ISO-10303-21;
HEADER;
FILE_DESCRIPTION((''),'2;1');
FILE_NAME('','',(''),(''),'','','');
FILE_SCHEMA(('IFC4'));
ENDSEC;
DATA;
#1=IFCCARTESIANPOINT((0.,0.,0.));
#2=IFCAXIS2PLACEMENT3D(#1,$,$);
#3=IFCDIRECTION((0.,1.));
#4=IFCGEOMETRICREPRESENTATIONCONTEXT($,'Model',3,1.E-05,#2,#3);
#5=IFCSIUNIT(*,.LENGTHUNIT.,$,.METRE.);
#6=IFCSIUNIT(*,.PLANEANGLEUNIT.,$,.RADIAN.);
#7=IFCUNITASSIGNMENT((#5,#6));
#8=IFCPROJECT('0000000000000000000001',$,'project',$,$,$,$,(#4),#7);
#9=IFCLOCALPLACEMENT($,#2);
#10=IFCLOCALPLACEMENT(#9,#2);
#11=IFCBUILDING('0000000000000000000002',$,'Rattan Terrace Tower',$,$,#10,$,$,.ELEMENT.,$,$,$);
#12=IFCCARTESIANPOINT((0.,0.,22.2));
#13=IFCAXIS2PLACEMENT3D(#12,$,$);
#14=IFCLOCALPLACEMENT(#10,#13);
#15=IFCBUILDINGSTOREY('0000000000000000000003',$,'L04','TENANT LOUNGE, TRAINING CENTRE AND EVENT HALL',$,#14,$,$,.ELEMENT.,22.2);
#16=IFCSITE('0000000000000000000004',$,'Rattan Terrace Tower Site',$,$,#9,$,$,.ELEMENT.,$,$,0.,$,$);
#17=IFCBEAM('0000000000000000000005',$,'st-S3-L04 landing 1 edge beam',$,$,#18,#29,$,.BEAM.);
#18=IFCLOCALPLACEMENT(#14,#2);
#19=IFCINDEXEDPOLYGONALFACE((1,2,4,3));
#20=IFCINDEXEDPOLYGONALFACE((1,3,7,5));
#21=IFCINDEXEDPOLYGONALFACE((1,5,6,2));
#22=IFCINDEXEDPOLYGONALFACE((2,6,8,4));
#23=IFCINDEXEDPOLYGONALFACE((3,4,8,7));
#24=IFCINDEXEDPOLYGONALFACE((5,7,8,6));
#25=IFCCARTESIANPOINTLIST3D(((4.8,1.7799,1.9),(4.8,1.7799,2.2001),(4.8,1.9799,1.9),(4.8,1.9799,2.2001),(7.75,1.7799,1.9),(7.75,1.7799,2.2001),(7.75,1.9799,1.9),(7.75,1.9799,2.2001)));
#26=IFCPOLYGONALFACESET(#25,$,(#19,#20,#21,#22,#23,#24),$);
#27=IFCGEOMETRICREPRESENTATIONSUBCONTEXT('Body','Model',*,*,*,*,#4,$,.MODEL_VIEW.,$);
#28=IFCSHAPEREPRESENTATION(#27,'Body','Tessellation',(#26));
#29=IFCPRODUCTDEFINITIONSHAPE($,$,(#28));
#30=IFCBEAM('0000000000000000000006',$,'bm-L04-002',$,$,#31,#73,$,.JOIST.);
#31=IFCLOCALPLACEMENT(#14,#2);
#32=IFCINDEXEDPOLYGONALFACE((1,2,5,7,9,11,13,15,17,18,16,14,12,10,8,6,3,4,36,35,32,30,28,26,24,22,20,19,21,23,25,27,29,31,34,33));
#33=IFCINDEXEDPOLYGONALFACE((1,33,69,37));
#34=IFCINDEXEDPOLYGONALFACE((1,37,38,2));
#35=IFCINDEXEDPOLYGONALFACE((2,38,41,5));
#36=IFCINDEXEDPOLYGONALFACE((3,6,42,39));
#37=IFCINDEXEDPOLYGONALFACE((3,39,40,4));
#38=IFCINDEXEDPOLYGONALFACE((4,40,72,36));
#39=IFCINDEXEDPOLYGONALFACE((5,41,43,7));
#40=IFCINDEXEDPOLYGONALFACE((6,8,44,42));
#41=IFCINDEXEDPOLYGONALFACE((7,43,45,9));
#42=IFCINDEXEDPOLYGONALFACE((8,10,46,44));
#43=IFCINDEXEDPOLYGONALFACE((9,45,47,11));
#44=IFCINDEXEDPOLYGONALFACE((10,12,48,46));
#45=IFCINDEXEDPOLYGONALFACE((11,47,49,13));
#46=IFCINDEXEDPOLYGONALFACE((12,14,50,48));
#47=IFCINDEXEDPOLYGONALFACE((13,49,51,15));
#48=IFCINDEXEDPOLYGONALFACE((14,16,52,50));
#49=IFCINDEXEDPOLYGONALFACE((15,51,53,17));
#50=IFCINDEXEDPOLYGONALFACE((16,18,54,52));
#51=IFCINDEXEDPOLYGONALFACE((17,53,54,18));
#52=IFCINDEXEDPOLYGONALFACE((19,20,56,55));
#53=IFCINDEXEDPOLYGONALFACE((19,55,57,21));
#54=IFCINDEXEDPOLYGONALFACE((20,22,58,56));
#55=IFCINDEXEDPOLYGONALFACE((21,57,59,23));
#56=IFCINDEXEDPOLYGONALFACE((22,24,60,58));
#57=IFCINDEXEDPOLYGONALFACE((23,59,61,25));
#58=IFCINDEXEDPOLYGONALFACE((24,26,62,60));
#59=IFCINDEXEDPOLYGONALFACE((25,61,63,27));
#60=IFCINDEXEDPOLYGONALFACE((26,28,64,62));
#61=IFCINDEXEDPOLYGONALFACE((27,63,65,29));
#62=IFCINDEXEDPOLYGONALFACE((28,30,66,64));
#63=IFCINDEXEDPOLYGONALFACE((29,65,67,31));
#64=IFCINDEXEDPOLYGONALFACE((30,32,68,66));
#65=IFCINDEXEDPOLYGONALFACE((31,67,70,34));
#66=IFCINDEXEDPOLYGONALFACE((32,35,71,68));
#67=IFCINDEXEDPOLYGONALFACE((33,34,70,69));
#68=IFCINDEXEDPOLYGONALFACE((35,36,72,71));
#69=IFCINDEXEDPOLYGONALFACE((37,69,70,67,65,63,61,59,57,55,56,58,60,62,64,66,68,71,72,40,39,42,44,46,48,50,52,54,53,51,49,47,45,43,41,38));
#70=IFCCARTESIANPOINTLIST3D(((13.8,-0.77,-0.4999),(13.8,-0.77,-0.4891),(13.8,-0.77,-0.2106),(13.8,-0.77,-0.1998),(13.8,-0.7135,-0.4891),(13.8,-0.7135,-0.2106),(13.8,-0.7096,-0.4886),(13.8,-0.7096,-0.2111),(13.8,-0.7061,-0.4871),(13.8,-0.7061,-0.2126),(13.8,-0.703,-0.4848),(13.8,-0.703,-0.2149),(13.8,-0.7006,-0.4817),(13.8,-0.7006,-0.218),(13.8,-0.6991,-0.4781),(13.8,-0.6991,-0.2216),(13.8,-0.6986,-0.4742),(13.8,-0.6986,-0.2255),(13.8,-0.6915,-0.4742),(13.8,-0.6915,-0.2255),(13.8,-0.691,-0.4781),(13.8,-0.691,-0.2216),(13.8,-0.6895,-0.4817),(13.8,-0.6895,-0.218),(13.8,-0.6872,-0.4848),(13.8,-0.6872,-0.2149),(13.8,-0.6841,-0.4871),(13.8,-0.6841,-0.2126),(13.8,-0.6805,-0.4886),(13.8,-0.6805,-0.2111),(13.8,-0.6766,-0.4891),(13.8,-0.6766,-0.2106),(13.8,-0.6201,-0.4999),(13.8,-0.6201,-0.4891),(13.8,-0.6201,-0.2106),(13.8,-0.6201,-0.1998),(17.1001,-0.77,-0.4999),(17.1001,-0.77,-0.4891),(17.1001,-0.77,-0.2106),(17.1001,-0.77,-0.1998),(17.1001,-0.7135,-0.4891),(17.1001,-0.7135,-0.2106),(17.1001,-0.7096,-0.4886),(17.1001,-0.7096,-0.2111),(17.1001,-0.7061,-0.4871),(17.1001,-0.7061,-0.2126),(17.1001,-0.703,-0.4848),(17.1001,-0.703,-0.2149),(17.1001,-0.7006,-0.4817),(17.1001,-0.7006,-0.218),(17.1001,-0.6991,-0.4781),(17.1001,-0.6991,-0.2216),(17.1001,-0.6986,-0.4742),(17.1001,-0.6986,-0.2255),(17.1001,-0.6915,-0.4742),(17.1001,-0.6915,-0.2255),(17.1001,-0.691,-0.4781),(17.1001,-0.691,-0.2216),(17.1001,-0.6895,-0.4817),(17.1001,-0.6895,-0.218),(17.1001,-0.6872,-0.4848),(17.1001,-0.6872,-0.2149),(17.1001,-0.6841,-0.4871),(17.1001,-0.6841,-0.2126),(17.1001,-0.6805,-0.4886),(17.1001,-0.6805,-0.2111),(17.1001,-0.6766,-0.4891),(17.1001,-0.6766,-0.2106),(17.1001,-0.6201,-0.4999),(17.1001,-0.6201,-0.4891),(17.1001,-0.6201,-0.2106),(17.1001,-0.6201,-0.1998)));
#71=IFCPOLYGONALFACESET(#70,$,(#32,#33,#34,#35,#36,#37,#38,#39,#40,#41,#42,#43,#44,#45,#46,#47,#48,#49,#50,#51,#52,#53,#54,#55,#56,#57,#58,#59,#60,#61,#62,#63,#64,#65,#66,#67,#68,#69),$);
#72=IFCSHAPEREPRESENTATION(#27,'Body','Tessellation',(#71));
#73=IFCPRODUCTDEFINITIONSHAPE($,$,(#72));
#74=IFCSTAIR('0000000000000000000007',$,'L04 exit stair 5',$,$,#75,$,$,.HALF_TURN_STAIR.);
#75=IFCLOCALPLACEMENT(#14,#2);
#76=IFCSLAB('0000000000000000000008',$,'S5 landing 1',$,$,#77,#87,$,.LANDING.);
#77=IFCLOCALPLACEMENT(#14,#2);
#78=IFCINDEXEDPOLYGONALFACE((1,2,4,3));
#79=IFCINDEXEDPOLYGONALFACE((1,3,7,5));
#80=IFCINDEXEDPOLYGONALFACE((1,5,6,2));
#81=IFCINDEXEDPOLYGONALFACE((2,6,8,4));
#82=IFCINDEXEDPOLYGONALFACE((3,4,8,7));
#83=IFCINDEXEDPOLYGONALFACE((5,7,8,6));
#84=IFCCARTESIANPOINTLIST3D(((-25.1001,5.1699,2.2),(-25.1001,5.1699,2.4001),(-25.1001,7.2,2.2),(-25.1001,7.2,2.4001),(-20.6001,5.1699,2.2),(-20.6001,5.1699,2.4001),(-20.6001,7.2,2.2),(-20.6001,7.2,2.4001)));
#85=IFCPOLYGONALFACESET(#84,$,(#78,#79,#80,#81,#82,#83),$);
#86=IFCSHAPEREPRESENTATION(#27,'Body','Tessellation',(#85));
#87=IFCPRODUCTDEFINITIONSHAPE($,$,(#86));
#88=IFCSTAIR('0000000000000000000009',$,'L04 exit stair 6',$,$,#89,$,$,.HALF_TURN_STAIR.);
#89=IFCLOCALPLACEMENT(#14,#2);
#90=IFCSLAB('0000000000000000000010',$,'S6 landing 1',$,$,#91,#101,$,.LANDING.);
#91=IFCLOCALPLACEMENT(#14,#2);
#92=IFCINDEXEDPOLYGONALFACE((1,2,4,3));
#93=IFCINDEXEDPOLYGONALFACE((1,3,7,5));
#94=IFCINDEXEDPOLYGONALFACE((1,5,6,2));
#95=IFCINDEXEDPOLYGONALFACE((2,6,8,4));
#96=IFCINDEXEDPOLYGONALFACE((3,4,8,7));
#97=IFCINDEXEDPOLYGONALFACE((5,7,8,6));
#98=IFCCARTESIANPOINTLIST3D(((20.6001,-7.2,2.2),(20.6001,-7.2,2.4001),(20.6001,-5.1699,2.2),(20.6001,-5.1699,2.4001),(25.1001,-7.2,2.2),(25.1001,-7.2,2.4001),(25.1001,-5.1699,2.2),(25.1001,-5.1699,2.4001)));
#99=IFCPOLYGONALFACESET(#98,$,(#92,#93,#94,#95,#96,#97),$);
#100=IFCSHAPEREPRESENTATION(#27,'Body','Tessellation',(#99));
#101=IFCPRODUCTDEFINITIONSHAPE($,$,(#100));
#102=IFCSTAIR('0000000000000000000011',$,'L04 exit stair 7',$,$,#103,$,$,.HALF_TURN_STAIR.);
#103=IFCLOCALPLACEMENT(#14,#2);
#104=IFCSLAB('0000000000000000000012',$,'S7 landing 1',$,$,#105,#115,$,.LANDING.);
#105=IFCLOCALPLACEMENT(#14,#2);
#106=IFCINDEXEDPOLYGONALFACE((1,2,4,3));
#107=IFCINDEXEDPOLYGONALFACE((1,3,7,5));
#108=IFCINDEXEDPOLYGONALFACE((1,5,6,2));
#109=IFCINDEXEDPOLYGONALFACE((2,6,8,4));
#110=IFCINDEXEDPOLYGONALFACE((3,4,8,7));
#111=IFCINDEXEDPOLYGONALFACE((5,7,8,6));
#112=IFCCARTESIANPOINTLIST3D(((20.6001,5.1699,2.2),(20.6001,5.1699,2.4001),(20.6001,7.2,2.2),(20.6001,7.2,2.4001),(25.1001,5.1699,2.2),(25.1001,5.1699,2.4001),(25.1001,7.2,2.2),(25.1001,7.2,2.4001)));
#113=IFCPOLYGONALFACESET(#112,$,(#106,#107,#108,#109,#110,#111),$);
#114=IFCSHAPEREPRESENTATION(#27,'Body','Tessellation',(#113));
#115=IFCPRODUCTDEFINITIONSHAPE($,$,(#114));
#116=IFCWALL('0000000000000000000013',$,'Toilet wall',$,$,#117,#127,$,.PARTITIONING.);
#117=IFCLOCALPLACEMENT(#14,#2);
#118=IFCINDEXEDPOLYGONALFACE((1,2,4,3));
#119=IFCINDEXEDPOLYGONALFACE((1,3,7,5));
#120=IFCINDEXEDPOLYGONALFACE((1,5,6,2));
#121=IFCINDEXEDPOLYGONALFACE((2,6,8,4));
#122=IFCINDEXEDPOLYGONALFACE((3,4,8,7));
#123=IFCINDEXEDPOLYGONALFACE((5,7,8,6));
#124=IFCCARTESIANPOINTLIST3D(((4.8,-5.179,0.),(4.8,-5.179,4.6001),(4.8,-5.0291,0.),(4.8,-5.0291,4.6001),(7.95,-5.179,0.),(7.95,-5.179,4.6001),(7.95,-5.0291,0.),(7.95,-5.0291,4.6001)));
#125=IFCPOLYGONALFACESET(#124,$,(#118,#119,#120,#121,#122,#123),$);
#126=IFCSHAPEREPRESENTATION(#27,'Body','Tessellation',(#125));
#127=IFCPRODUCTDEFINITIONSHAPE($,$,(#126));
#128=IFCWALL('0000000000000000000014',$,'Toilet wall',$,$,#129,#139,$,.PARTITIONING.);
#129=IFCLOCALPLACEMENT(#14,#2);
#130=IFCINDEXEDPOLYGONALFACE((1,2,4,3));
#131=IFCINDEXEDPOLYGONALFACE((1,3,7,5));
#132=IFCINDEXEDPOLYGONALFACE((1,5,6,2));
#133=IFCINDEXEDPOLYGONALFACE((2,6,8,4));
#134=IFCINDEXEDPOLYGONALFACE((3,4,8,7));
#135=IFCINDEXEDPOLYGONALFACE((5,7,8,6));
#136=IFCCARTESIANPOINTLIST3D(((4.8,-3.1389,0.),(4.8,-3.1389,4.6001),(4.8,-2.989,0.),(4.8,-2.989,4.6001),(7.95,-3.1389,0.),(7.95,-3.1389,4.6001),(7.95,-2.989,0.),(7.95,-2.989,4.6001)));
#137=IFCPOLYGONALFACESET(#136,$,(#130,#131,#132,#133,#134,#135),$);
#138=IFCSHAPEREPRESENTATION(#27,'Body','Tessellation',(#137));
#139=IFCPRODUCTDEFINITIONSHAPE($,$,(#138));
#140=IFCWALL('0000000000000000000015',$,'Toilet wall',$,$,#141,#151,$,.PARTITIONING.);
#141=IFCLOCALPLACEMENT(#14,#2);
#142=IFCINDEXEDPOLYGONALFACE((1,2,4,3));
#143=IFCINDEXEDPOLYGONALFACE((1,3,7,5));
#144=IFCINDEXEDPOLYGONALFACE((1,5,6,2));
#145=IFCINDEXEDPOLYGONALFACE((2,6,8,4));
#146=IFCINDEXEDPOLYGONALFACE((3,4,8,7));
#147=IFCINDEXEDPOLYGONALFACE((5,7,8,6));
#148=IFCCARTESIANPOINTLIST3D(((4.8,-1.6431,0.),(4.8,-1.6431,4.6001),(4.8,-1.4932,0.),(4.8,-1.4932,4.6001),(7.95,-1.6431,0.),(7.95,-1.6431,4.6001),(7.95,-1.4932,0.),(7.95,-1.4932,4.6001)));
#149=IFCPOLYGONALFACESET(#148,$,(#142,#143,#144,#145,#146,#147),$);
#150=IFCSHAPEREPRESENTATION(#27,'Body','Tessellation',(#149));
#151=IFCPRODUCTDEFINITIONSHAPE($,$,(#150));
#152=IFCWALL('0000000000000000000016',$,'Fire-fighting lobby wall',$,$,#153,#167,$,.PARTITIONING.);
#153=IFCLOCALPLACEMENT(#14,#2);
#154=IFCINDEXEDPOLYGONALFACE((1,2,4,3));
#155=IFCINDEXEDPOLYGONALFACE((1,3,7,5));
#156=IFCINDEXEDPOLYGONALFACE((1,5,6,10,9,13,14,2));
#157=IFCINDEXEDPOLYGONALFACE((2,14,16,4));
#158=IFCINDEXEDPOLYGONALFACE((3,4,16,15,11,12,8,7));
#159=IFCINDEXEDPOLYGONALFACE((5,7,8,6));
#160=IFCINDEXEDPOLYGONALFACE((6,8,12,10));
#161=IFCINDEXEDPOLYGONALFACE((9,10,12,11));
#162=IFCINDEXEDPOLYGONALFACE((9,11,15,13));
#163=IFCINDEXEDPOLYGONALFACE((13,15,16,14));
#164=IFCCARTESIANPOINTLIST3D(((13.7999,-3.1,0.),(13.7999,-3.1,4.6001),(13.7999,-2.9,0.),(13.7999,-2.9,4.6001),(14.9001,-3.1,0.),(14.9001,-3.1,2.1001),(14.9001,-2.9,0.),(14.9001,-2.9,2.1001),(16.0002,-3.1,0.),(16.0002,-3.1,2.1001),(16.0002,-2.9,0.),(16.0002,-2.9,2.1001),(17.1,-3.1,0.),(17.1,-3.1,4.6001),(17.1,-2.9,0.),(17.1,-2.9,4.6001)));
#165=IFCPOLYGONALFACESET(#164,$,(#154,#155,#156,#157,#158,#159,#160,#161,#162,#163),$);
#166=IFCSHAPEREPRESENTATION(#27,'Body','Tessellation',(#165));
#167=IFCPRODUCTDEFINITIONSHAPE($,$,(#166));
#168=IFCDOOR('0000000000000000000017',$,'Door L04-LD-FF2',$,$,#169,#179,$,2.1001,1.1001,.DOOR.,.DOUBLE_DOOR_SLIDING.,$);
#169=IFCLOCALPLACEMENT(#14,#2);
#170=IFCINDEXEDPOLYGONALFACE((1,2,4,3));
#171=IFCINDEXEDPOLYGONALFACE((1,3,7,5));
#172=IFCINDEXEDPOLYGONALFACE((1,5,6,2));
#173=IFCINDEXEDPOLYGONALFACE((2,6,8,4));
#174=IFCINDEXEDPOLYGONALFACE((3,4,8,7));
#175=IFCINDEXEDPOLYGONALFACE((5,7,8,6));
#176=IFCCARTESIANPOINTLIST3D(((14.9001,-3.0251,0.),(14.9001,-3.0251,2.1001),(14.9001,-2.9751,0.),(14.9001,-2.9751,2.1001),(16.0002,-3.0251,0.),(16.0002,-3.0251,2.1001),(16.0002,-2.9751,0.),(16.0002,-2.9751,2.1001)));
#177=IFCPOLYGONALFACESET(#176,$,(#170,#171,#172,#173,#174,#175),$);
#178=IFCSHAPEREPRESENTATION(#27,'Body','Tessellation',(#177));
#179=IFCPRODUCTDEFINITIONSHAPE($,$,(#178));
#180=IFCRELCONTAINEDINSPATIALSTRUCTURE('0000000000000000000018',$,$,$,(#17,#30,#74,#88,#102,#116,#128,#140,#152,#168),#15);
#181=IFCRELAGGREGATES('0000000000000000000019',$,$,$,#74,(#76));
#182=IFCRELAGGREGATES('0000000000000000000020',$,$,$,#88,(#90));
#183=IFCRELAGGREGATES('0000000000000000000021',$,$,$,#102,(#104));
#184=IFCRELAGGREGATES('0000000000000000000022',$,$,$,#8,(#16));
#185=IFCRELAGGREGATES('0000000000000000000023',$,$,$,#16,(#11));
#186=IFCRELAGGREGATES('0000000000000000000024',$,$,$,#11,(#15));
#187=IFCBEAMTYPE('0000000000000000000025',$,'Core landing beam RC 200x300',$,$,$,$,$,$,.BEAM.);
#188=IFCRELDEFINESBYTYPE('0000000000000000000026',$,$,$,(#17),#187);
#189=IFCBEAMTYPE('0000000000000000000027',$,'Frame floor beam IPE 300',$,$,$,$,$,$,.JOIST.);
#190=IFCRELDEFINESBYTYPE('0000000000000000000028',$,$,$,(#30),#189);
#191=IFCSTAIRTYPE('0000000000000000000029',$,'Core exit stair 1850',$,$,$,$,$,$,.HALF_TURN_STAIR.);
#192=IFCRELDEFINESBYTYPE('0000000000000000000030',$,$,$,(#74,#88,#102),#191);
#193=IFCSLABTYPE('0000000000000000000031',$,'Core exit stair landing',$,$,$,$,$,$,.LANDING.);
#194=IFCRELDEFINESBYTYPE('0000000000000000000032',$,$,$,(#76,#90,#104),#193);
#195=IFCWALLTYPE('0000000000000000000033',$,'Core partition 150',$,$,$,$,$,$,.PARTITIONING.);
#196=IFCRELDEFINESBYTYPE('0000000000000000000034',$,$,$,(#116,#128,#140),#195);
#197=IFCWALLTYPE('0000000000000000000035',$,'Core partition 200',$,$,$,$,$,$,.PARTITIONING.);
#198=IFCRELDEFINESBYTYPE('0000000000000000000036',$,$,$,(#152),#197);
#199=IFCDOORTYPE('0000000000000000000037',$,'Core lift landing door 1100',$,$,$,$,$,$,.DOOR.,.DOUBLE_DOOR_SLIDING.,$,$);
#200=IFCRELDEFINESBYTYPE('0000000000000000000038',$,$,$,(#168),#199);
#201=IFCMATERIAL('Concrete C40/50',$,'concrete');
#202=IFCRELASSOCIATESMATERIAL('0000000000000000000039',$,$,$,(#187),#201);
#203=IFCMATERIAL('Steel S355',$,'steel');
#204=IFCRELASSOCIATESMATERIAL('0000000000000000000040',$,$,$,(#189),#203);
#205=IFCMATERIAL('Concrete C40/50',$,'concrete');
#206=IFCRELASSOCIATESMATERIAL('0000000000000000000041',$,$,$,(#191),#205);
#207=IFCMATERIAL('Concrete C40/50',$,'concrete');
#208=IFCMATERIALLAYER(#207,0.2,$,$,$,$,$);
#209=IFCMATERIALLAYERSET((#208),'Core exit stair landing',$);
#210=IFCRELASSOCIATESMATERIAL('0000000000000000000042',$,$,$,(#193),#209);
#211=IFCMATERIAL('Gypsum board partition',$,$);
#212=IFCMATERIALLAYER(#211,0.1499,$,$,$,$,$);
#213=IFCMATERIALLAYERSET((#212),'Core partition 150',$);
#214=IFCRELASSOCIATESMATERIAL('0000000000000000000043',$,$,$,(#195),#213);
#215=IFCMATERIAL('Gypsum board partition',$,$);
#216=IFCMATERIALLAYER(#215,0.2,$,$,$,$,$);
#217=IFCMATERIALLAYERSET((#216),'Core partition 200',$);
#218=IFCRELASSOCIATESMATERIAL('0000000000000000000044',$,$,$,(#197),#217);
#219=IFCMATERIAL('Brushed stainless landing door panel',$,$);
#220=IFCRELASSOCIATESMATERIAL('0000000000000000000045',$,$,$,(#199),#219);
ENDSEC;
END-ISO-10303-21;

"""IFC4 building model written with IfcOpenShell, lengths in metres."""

from ifc_helpers import new_model, si_unit, direction, frame, frame_2d, origin, origin_2d, place, context, subcontext, project, spatial, polyline, rectangle, i_section, outline, extrude, material, layer, layer_set, material_profile, profile_set, type_object, element, fill, aggregate, save


model = new_model("IFC4")

# Units and contexts
model_context = context("Model", 3, precision=1e-05, world=origin(), true_north=direction((0.0, 1.0)))
body_context = subcontext(model_context, "Body", "Model", "MODEL_VIEW")
ifc_project = project(units=[si_unit("LENGTHUNIT", "METRE"), si_unit("PLANEANGLEUNIT", "RADIAN")], contexts=[model_context])

# Site, building, storey
site_placement = place(None, origin())
site = spatial("IfcSite", under=ifc_project, at=site_placement, Name="Rattan Terrace Tower Site", CompositionType="ELEMENT", RefElevation=0.0)
building_placement = place(site_placement, origin())
building = spatial("IfcBuilding", under=site, at=building_placement, Name="Rattan Terrace Tower", CompositionType="ELEMENT")
storey_placement = place(building_placement, frame((0.0, 0.0, 22.2)))
storey = spatial("IfcBuildingStorey", under=building, at=storey_placement, Name="L04", Description="TENANT LOUNGE, TRAINING CENTRE AND EVENT HALL", CompositionType="ELEMENT", Elevation=22.2)

# Beams
ifc_material_1 = material(Name="Concrete C40/50", Category="concrete")
ifc_material_profile_1 = material_profile(ifc_material_1, rectangle(XDim=0.2, YDim=0.3, at=origin_2d()), Name="RC 200x300")
ifc_profile_set_1 = profile_set([ifc_material_profile_1], Name="Concrete C40/50")
beam_type_1 = type_object("IfcBeamType", Name="Core landing beam RC 200x300", PredefinedType="BEAM", material=ifc_profile_set_1)
beam_1_placement = place(storey_placement, frame((4.8, 1.8799, 2.05), z_axis=(1.0, 0.0, 0.0), x_axis=(0.0, 1.0, 0.0)))
element("IfcBeam", 1, at=beam_1_placement, inside=storey, type_object=beam_type_1, Name="st-S3-L04 landing 1 edge beam", PredefinedType="BEAM", context=body_context, shape_type="SweptSolid", body=[
    extrude(rectangle(XDim=0.2, YDim=0.3, at=origin_2d()), origin(), (0.0, 0.0, 1.0), 2.95),
])
ifc_material_2 = material(Name="Steel S355", Category="steel")
ifc_material_profile_2 = material_profile(ifc_material_2, i_section(OverallWidth=0.1499, OverallDepth=0.3, WebThickness=0.0071, FlangeThickness=0.0107, FilletRadius=0.0149, at=origin_2d()), Name="IPE 300")
ifc_profile_set_2 = profile_set([ifc_material_profile_2], Name="Steel S355")
beam_type_2 = type_object("IfcBeamType", Name="Frame floor beam IPE 300", PredefinedType="JOIST", material=ifc_profile_set_2)
beam_2_placement = place(storey_placement, frame((13.8, -0.6951, -0.3499), z_axis=(1.0, 0.0, 0.0), x_axis=(0.0, 1.0, 0.0)))
element("IfcBeam", 2, at=beam_2_placement, inside=storey, type_object=beam_type_2, Name="bm-L04-002", PredefinedType="JOIST", context=body_context, shape_type="SweptSolid", body=[
    extrude(i_section(OverallWidth=0.1499, OverallDepth=0.3, WebThickness=0.0071, FlangeThickness=0.0107, FilletRadius=0.0149, at=origin_2d()), origin(), (0.0, 0.0, 1.0), 3.3),
])

# Stairs, slabs
ifc_material_3 = material(Name="Concrete C40/50", Category="concrete")
stair_type = type_object("IfcStairType", Name="Core exit stair 1850", PredefinedType="HALF_TURN_STAIR", material=ifc_material_3)
stair_1_placement = place(storey_placement, origin())
stair_1 = element("IfcStair", 3, at=stair_1_placement, inside=storey, type_object=stair_type, Name="L04 exit stair 5", PredefinedType="HALF_TURN_STAIR")
ifc_material_4 = material(Name="Concrete C40/50", Category="concrete")
ifc_layer_1 = layer(ifc_material_4, 0.2)
ifc_layer_set_1 = layer_set([ifc_layer_1], Name="Core exit stair landing")
slab_type = type_object("IfcSlabType", Name="Core exit stair landing", PredefinedType="LANDING", material=ifc_layer_set_1)
slab_1_placement = place(storey_placement, frame((0.0, 0.0, 2.2)))
slab_1 = element("IfcSlab", 4, at=slab_1_placement, type_object=slab_type, Name="S5 landing 1", PredefinedType="LANDING", context=body_context, shape_type="SweptSolid", body=[
    extrude(outline(polyline([(-20.6001, 5.1699), (-20.6001, 7.2), (-25.1001, 7.2), (-25.1001, 5.1699), (-20.6001, 5.1699)])), origin(), (0.0, 0.0, 1.0), 0.2002),
])
aggregate(stair_1, [slab_1])
stair_2_placement = place(storey_placement, origin())
stair_2 = element("IfcStair", 5, at=stair_2_placement, inside=storey, type_object=stair_type, Name="L04 exit stair 6", PredefinedType="HALF_TURN_STAIR")
slab_2_placement = place(storey_placement, frame((0.0, 0.0, 2.2)))
slab_2 = element("IfcSlab", 6, at=slab_2_placement, type_object=slab_type, Name="S6 landing 1", PredefinedType="LANDING", context=body_context, shape_type="SweptSolid", body=[
    extrude(outline(polyline([(20.6001, -5.1699), (20.6001, -7.2), (25.1001, -7.2), (25.1001, -5.1699), (20.6001, -5.1699)])), origin(), (0.0, 0.0, 1.0), 0.2002),
])
aggregate(stair_2, [slab_2])
stair_3_placement = place(storey_placement, origin())
stair_3 = element("IfcStair", 7, at=stair_3_placement, inside=storey, type_object=stair_type, Name="L04 exit stair 7", PredefinedType="HALF_TURN_STAIR")
slab_3_placement = place(storey_placement, frame((0.0, 0.0, 2.2)))
slab_3 = element("IfcSlab", 8, at=slab_3_placement, type_object=slab_type, Name="S7 landing 1", PredefinedType="LANDING", context=body_context, shape_type="SweptSolid", body=[
    extrude(outline(polyline([(25.1001, 5.1699), (25.1001, 7.2), (20.6001, 7.2), (20.6001, 5.1699), (25.1001, 5.1699)])), origin(), (0.0, 0.0, 1.0), 0.2002),
])
aggregate(stair_3, [slab_3])

# Walls
ifc_material_5 = material(Name="Gypsum board partition")
ifc_layer_2 = layer(ifc_material_5, 0.1499)
ifc_layer_set_2 = layer_set([ifc_layer_2], Name="Core partition 150")
wall_type_1 = type_object("IfcWallType", Name="Core partition 150", PredefinedType="PARTITIONING", material=ifc_layer_set_2)
for number, where, z_axis, x_axis, name in (
    (9, (4.8, -5.104, 0.0), (0.0, 0.0, 1.0), (1.0, 0.0, 0.0), "Toilet wall"),
    (10, (4.8, -3.064, 0.0), (0.0, 0.0, 1.0), (1.0, 0.0, 0.0), "Toilet wall"),
    (11, (4.8, -1.5681, 0.0), (0.0, 0.0, 1.0), (1.0, 0.0, 0.0), "Toilet wall"),
):
    element("IfcWall", number, at=place(storey_placement, frame(where, z_axis=z_axis, x_axis=x_axis)), inside=storey, type_object=wall_type_1, Name=name, PredefinedType="PARTITIONING", context=body_context, shape_type="SweptSolid", body=[
        extrude(rectangle(XDim=3.1499, YDim=0.1499, at=frame_2d((1.575, 0.0))), origin(), (0.0, 0.0, 1.0), 4.6001),
    ])

# Wall, opening, door
ifc_material_6 = material(Name="Gypsum board partition")
ifc_layer_3 = layer(ifc_material_6, 0.2)
ifc_layer_set_3 = layer_set([ifc_layer_3], Name="Core partition 200")
wall_type_2 = type_object("IfcWallType", Name="Core partition 200", PredefinedType="PARTITIONING", material=ifc_layer_set_3)
wall_1_placement = place(storey_placement, frame((13.8, -3.0, 0.0), z_axis=(0.0, 0.0, 1.0), x_axis=(1.0, 0.0, 0.0)))
wall_1 = element("IfcWall", 12, at=wall_1_placement, inside=storey, type_object=wall_type_2, Name="Fire-fighting lobby wall", PredefinedType="PARTITIONING", context=body_context, shape_type="SweptSolid", body=[
    extrude(rectangle(XDim=3.3, YDim=0.2, at=frame_2d((1.6499, 0.0))), origin(), (0.0, 0.0, 1.0), 4.6001),
])
opening_1_placement = place(wall_1_placement, frame((1.1001, 0.0, 0.0)))
opening_1 = element("IfcOpeningElement", 13, at=opening_1_placement, cuts=wall_1, PredefinedType="OPENING", context=body_context, shape_type="SweptSolid", body=[
    extrude(rectangle(XDim=1.1001, YDim=2.1001, at=frame_2d((0.55, 1.05))), frame((0.0, 0.1106, 0.0), z_axis=(0.0, -1.0, 0.0), x_axis=(1.0, 0.0, 0.0)), (0.0, 0.0, 1.0), 0.2209),
])
ifc_material_7 = material(Name="Brushed stainless landing door panel")
door_type_1 = type_object("IfcDoorType", Name="Core lift landing door 1100", OperationType="DOUBLE_DOOR_SLIDING", PredefinedType="DOOR", material=ifc_material_7)
door_1_placement = place(opening_1_placement, origin())
door_1 = element("IfcDoor", 14, at=door_1_placement, inside=storey, type_object=door_type_1, Name="Door L04-LD-FF2", OperationType="DOUBLE_DOOR_SLIDING", OverallHeight=2.1001, OverallWidth=1.1001, PredefinedType="DOOR", context=body_context, shape_type="SweptSolid", body=[
    extrude(rectangle(XDim=1.1001, YDim=2.1001, at=frame_2d((0.55, 1.05))), frame((0.0, 0.0249, 0.0), z_axis=(0.0, -1.0, 0.0), x_axis=(1.0, 0.0, 0.0)), (0.0, 0.0, 1.0), 0.05),
])
fill(opening_1, door_1)

save(model, "model.ifc")
